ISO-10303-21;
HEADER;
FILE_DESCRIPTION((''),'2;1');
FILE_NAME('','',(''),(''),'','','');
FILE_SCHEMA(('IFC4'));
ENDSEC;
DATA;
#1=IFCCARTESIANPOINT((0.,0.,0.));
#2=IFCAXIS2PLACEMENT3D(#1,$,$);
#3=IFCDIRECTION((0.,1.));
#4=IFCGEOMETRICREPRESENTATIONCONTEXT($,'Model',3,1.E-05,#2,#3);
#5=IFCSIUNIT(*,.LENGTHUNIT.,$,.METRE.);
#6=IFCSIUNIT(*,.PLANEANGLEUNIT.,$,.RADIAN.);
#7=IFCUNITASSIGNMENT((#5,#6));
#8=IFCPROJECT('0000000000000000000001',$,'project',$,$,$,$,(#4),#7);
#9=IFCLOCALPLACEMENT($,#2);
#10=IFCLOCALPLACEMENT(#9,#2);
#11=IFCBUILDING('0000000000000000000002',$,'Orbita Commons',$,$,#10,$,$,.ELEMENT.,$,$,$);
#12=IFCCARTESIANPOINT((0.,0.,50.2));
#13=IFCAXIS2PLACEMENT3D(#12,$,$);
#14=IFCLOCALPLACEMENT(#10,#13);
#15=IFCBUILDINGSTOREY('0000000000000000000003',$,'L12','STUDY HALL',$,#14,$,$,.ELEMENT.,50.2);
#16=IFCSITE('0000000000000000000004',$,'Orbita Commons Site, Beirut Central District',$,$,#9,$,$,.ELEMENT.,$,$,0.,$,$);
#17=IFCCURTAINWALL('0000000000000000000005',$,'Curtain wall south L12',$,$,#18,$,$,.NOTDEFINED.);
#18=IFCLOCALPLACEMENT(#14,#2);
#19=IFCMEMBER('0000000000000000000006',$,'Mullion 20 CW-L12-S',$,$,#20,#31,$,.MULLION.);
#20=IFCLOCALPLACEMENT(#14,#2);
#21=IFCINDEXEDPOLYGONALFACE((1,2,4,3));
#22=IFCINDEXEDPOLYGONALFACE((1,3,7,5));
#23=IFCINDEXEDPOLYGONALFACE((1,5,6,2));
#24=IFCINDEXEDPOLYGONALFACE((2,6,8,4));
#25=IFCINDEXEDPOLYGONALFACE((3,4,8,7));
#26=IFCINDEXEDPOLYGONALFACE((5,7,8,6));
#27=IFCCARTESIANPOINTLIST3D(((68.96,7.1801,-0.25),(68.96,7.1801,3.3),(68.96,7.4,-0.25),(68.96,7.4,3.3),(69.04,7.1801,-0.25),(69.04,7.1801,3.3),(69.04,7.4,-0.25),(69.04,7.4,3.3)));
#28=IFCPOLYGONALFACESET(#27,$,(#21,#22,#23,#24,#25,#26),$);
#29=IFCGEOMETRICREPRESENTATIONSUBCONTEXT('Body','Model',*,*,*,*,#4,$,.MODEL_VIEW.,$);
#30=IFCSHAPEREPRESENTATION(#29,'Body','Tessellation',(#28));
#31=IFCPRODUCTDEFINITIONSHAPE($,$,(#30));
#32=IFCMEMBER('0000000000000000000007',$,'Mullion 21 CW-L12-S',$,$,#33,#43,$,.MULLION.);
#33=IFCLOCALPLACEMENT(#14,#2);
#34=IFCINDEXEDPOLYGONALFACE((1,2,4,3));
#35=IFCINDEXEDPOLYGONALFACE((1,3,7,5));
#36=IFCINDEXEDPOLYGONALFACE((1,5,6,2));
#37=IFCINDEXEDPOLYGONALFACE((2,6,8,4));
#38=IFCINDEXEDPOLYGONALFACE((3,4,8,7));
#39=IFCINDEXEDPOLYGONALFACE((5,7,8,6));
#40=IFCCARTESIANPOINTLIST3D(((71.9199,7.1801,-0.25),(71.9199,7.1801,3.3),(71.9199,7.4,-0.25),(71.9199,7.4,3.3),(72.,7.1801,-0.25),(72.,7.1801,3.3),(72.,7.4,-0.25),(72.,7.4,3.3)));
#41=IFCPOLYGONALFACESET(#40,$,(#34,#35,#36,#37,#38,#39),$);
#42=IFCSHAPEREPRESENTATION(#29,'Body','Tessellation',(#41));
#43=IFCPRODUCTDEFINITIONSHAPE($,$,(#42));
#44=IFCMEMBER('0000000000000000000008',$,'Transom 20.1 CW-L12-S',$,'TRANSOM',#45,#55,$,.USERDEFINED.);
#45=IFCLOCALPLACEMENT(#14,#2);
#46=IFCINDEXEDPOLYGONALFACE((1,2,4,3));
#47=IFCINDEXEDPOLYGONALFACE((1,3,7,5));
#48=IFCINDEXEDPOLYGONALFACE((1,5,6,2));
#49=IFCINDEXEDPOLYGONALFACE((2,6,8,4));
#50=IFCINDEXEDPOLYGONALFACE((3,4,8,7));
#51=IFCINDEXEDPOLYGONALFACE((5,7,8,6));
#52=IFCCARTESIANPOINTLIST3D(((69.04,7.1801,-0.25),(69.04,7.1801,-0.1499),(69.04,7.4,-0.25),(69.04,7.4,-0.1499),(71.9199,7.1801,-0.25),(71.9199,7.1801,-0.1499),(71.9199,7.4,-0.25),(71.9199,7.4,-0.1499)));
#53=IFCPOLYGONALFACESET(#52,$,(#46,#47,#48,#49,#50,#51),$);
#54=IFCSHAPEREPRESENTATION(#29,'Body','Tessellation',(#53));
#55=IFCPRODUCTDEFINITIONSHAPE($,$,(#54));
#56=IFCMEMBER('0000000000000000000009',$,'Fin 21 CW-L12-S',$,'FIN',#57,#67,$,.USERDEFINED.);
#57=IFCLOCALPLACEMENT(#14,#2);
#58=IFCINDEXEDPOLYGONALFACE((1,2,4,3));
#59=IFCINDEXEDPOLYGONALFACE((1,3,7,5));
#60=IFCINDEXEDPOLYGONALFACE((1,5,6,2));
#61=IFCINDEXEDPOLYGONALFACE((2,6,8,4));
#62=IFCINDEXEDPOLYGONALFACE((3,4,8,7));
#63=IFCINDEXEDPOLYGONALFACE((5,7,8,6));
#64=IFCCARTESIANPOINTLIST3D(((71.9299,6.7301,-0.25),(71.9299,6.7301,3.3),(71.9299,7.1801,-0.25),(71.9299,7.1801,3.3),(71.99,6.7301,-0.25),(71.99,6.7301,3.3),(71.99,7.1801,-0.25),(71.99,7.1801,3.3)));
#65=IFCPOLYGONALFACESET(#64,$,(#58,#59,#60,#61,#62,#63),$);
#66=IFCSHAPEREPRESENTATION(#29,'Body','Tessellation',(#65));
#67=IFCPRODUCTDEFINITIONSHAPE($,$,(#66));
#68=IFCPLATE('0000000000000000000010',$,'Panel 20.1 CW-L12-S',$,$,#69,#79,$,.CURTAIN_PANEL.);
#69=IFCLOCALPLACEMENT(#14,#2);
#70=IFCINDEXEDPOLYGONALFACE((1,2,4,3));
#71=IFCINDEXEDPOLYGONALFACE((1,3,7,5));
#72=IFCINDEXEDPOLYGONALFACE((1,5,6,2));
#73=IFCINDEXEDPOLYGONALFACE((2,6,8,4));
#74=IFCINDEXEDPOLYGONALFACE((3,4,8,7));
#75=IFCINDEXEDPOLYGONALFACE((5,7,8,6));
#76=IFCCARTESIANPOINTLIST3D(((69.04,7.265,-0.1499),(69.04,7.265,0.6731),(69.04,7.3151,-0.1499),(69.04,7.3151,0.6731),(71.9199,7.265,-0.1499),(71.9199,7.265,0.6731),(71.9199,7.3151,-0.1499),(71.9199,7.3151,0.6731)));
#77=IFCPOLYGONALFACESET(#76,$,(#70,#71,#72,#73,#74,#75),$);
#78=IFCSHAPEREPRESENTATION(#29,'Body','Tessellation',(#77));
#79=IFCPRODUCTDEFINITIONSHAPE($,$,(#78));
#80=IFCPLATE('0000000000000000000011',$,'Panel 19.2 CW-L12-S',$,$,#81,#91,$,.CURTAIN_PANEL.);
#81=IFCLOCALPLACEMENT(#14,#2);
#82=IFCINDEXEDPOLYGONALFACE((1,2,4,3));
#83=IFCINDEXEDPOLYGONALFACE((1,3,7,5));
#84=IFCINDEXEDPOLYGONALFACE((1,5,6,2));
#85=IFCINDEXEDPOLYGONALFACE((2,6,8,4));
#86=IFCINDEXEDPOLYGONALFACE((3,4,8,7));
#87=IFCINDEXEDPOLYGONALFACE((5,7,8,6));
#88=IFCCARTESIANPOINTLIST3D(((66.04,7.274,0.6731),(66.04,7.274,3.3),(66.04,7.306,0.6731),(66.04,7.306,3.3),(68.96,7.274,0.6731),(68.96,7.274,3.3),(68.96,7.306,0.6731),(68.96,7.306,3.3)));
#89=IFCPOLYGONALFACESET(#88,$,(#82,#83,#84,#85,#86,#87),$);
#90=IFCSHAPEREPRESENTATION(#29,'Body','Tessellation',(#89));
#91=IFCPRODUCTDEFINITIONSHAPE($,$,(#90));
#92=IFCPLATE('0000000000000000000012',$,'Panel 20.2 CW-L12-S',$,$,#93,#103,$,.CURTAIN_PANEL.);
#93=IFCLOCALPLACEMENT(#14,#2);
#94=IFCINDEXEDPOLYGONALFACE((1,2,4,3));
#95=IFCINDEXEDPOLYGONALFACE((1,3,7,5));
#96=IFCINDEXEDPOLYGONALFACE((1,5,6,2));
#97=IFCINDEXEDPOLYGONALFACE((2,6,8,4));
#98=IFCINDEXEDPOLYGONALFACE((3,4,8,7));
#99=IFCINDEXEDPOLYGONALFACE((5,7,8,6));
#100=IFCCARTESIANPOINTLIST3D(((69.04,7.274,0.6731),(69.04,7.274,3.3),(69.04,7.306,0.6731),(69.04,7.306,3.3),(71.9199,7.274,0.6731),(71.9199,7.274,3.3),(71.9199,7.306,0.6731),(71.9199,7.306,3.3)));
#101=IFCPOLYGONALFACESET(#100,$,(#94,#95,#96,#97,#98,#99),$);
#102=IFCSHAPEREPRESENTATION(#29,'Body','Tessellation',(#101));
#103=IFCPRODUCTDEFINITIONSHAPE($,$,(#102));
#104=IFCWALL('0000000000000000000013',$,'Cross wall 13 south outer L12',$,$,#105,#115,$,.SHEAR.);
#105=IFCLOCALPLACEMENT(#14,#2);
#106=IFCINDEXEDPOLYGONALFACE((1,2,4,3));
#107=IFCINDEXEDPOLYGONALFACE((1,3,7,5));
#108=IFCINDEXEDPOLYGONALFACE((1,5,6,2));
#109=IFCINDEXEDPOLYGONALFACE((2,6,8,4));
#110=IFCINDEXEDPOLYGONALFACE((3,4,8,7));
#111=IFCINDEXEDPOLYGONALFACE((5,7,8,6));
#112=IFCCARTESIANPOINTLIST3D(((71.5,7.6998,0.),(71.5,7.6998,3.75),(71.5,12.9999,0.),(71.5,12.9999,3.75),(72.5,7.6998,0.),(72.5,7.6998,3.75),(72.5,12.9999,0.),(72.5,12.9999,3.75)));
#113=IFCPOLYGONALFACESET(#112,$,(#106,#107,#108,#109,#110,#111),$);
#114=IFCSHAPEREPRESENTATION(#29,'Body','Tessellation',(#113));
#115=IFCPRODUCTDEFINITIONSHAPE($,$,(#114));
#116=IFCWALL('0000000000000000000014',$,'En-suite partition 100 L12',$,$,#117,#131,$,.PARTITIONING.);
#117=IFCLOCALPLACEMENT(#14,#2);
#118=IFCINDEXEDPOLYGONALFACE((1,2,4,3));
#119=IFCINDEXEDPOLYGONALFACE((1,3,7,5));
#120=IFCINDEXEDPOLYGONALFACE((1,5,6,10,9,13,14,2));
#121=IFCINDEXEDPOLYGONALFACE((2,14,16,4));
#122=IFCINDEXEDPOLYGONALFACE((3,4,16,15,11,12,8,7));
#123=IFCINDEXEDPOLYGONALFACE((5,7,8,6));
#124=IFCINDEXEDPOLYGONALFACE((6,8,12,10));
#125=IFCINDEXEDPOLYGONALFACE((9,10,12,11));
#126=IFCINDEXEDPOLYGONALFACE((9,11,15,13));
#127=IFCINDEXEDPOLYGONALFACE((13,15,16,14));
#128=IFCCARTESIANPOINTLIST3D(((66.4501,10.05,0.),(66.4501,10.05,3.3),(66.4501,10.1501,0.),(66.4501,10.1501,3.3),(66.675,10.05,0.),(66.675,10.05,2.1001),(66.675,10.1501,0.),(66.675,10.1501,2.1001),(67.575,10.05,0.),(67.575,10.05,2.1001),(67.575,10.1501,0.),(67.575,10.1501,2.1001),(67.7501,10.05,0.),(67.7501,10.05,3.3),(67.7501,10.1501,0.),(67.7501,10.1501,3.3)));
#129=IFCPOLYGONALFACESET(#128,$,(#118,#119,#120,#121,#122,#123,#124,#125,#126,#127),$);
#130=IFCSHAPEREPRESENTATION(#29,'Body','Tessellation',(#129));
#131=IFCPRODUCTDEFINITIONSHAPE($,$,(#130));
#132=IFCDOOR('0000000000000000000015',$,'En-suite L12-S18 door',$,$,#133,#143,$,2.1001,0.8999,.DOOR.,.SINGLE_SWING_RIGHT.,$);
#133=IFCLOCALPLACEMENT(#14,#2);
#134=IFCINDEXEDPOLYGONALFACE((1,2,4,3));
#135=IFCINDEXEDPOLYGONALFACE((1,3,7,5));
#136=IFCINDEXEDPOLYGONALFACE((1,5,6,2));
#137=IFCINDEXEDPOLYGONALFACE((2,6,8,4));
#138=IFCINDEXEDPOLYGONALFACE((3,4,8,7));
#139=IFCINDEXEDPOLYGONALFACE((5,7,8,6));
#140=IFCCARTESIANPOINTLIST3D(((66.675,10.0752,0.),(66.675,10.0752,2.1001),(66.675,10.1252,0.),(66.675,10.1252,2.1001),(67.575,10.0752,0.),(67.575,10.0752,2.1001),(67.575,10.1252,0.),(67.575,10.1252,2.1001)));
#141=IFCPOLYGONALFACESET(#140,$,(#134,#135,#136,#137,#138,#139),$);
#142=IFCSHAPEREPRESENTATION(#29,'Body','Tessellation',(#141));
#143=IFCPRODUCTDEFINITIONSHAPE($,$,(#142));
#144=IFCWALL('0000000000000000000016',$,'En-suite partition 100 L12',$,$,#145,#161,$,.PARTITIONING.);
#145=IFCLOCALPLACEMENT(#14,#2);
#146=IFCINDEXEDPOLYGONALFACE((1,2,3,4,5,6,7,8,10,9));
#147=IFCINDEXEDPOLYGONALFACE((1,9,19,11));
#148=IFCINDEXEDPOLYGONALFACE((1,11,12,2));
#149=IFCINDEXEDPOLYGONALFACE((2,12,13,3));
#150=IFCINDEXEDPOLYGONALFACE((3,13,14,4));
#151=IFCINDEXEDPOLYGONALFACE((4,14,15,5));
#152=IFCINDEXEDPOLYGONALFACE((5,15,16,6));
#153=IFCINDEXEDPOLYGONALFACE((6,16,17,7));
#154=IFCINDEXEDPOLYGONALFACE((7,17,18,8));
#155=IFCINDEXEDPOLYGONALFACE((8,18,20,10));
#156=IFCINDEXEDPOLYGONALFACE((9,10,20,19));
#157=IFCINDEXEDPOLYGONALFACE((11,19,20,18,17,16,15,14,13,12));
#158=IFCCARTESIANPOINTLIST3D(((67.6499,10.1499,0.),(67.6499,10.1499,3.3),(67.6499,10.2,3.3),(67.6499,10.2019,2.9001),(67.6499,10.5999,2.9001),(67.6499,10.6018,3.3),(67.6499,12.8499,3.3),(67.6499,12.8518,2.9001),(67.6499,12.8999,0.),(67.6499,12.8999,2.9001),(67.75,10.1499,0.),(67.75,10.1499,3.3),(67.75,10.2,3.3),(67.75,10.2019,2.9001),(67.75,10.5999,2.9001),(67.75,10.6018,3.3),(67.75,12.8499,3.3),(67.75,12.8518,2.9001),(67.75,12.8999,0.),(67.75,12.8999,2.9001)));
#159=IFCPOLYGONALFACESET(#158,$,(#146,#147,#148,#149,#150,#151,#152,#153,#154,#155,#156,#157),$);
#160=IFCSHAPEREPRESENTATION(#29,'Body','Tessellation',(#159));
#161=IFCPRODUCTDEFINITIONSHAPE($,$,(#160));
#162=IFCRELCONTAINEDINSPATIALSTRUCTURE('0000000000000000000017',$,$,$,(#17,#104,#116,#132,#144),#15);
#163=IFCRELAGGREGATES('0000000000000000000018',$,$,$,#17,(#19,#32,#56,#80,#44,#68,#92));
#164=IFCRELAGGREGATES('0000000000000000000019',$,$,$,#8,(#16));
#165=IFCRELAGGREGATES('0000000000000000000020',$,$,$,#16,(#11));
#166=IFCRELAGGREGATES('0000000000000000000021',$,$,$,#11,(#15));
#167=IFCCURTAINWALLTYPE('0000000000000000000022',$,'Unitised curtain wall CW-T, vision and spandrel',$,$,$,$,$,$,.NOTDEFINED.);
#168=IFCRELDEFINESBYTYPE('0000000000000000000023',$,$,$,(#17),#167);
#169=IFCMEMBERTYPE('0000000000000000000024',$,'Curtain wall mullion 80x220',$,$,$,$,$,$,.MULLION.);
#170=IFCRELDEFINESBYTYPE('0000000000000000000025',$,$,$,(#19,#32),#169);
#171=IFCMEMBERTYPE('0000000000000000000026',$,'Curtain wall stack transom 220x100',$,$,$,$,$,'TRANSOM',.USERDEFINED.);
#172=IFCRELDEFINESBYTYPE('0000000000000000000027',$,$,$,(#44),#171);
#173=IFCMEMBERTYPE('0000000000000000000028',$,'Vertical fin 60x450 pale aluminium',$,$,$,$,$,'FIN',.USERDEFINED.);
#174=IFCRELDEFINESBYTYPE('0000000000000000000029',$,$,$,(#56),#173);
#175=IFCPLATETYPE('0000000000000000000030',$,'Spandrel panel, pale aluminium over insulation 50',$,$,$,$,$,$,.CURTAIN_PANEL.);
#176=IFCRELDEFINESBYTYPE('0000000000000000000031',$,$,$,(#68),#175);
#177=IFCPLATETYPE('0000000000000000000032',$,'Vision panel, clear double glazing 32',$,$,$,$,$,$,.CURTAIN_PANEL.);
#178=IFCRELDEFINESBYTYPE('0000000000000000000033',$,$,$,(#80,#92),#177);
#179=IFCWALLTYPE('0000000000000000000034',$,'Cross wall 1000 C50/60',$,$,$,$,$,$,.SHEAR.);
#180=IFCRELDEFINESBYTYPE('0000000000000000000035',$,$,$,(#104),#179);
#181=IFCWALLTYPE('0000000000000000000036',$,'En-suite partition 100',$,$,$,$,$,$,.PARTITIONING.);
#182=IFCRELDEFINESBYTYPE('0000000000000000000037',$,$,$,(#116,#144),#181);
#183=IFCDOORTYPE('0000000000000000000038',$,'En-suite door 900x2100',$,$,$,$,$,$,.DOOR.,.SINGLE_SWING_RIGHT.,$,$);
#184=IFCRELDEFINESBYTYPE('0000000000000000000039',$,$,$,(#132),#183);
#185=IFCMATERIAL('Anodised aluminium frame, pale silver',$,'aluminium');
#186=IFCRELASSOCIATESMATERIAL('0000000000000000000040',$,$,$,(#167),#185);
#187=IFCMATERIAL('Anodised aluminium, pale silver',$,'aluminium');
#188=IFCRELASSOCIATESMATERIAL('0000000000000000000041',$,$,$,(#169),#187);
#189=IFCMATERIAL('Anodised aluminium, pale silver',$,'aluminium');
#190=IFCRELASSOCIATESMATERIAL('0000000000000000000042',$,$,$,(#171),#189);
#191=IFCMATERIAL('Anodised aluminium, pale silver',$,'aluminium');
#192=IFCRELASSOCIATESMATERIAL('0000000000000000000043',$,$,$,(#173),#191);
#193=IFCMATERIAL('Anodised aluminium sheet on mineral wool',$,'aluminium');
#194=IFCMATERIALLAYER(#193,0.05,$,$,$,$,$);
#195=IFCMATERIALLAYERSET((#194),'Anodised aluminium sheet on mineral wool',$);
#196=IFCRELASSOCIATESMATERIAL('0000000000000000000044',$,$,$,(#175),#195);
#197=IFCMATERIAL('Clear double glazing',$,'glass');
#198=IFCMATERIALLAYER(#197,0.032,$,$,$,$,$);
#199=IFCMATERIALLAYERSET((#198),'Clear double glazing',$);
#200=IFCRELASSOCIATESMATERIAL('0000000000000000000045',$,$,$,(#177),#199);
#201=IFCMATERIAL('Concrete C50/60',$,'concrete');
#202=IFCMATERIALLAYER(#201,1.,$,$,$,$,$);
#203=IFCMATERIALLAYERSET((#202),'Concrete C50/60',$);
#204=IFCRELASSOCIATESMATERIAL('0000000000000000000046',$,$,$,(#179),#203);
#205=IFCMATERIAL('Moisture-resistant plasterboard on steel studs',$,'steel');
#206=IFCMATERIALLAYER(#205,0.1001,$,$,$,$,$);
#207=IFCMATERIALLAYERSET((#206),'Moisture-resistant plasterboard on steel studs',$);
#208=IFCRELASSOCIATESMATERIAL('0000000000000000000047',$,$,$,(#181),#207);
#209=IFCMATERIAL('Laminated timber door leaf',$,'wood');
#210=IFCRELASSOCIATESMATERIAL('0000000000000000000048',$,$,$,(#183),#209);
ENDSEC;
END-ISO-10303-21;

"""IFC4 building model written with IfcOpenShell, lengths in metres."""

from ifc_helpers import new_model, si_unit, direction, frame, frame_2d, origin, origin_2d, place, context, subcontext, project, spatial, polyline, rectangle, outline, extrude, material, layer, layer_set, material_profile, profile_set, type_object, element, fill, aggregate, save


model = new_model("IFC4")

# Units and contexts
model_context = context("Model", 3, precision=1e-05, world=origin(), true_north=direction((0.0, 1.0)))
body_context = subcontext(model_context, "Body", "Model", "MODEL_VIEW")
ifc_project = project(units=[si_unit("LENGTHUNIT", "METRE"), si_unit("PLANEANGLEUNIT", "RADIAN")], contexts=[model_context])

# Site, building, storey
site_placement = place(None, origin())
site = spatial("IfcSite", under=ifc_project, at=site_placement, Name="Orbita Commons Site, Beirut Central District", CompositionType="ELEMENT", RefElevation=0.0)
building_placement = place(site_placement, origin())
building = spatial("IfcBuilding", under=site, at=building_placement, Name="Orbita Commons", CompositionType="ELEMENT")
storey_placement = place(building_placement, frame((0.0, 0.0, 50.2)))
storey = spatial("IfcBuildingStorey", under=building, at=storey_placement, Name="L12", Description="STUDY HALL", CompositionType="ELEMENT", Elevation=50.2)

# Curtain wall, members, plates
ifc_material_1 = material(Name="Anodised aluminium frame, pale silver", Category="aluminium")
curtain_wall_type = type_object("IfcCurtainWallType", Name="Unitised curtain wall CW-T, vision and spandrel", PredefinedType="NOTDEFINED", material=ifc_material_1)
curtain_wall_placement = place(storey_placement, origin())
curtain_wall = element("IfcCurtainWall", 1, at=curtain_wall_placement, inside=storey, type_object=curtain_wall_type, Name="Curtain wall south L12", PredefinedType="NOTDEFINED")
ifc_material_2 = material(Name="Anodised aluminium, pale silver", Category="aluminium")
ifc_material_profile_1 = material_profile(ifc_material_2, rectangle(XDim=0.0801, YDim=0.22, at=origin_2d()), Name="AL 80x220")
ifc_profile_set_1 = profile_set([ifc_material_profile_1], Name="Anodised aluminium, pale silver")
member_type_1 = type_object("IfcMemberType", Name="Curtain wall mullion 80x220", PredefinedType="MULLION", material=ifc_profile_set_1)
member_1_placement = place(storey_placement, frame((69.0, 7.29, -0.25), z_axis=(0.0, 0.0, 1.0), x_axis=(1.0, 0.0, 0.0)))
member_1 = element("IfcMember", 2, at=member_1_placement, type_object=member_type_1, Name="Mullion 20 CW-L12-S", PredefinedType="MULLION", context=body_context, shape_type="SweptSolid", body=[
    extrude(rectangle(XDim=0.0801, YDim=0.22, at=origin_2d()), origin(), (0.0, 0.0, 1.0), 3.55),
])
member_2_placement = place(storey_placement, frame((71.96, 7.29, -0.25), z_axis=(0.0, 0.0, 1.0), x_axis=(1.0, 0.0, 0.0)))
member_2 = element("IfcMember", 3, at=member_2_placement, type_object=member_type_1, Name="Mullion 21 CW-L12-S", PredefinedType="MULLION", context=body_context, shape_type="SweptSolid", body=[
    extrude(rectangle(XDim=0.0801, YDim=0.22, at=origin_2d()), origin(), (0.0, 0.0, 1.0), 3.55),
])
ifc_material_3 = material(Name="Anodised aluminium, pale silver", Category="aluminium")
ifc_material_profile_2 = material_profile(ifc_material_3, rectangle(XDim=0.22, YDim=0.1001, at=origin_2d()), Name="AL 220x100")
ifc_profile_set_2 = profile_set([ifc_material_profile_2], Name="Anodised aluminium, pale silver")
member_type_2 = type_object("IfcMemberType", Name="Curtain wall stack transom 220x100", ElementType="TRANSOM", PredefinedType="USERDEFINED", material=ifc_profile_set_2)
member_3_placement = place(storey_placement, frame((69.04, 7.29, -0.2), z_axis=(1.0, 0.0, 0.0), x_axis=(0.0, 1.0, 0.0)))
member_3 = element("IfcMember", 4, at=member_3_placement, type_object=member_type_2, Name="Transom 20.1 CW-L12-S", ObjectType="TRANSOM", PredefinedType="USERDEFINED", context=body_context, shape_type="SweptSolid", body=[
    extrude(rectangle(XDim=0.22, YDim=0.1001, at=origin_2d()), origin(), (0.0, 0.0, 1.0), 2.8799),
])
ifc_material_4 = material(Name="Anodised aluminium, pale silver", Category="aluminium")
ifc_material_profile_3 = material_profile(ifc_material_4, rectangle(XDim=0.0601, YDim=0.45, at=origin_2d()), Name="FIN 60x450")
ifc_profile_set_3 = profile_set([ifc_material_profile_3], Name="Anodised aluminium, pale silver")
member_type_3 = type_object("IfcMemberType", Name="Vertical fin 60x450 pale aluminium", ElementType="FIN", PredefinedType="USERDEFINED", material=ifc_profile_set_3)
member_4_placement = place(storey_placement, frame((71.96, 6.9551, -0.25), z_axis=(0.0, 0.0, 1.0), x_axis=(1.0, 0.0, 0.0)))
member_4 = element("IfcMember", 5, at=member_4_placement, type_object=member_type_3, Name="Fin 21 CW-L12-S", ObjectType="FIN", PredefinedType="USERDEFINED", context=body_context, shape_type="SweptSolid", body=[
    extrude(rectangle(XDim=0.0601, YDim=0.45, at=origin_2d()), origin(), (0.0, 0.0, 1.0), 3.55),
])
ifc_material_5 = material(Name="Anodised aluminium sheet on mineral wool", Category="aluminium")
ifc_layer_1 = layer(ifc_material_5, 0.05)
ifc_layer_set_1 = layer_set([ifc_layer_1], Name="Anodised aluminium sheet on mineral wool")
plate_type_1 = type_object("IfcPlateType", Name="Spandrel panel, pale aluminium over insulation 50", PredefinedType="CURTAIN_PANEL", material=ifc_layer_set_1)
plate_1_placement = place(storey_placement, frame((70.48, 7.29, -0.1499), z_axis=(0.0, 0.0, 1.0), x_axis=(1.0, 0.0, 0.0)))
plate_1 = element("IfcPlate", 6, at=plate_1_placement, type_object=plate_type_1, Name="Panel 20.1 CW-L12-S", PredefinedType="CURTAIN_PANEL", context=body_context, shape_type="SweptSolid", body=[
    extrude(rectangle(XDim=2.8799, YDim=0.05, at=origin_2d()), origin(), (0.0, 0.0, 1.0), 0.823),
])
ifc_material_6 = material(Name="Clear double glazing", Category="glass")
ifc_layer_2 = layer(ifc_material_6, 0.032)
ifc_layer_set_2 = layer_set([ifc_layer_2], Name="Clear double glazing")
plate_type_2 = type_object("IfcPlateType", Name="Vision panel, clear double glazing 32", PredefinedType="CURTAIN_PANEL", material=ifc_layer_set_2)
plate_2_placement = place(storey_placement, frame((67.5, 7.29, 0.6731), z_axis=(0.0, 0.0, 1.0), x_axis=(1.0, 0.0, 0.0)))
plate_2 = element("IfcPlate", 7, at=plate_2_placement, type_object=plate_type_2, Name="Panel 19.2 CW-L12-S", PredefinedType="CURTAIN_PANEL", context=body_context, shape_type="SweptSolid", body=[
    extrude(rectangle(XDim=2.9199, YDim=0.032, at=origin_2d()), origin(), (0.0, 0.0, 1.0), 2.627),
])
plate_3_placement = place(storey_placement, frame((70.48, 7.29, 0.6731), z_axis=(0.0, 0.0, 1.0), x_axis=(1.0, 0.0, 0.0)))
plate_3 = element("IfcPlate", 8, at=plate_3_placement, type_object=plate_type_2, Name="Panel 20.2 CW-L12-S", PredefinedType="CURTAIN_PANEL", context=body_context, shape_type="SweptSolid", body=[
    extrude(rectangle(XDim=2.8799, YDim=0.032, at=origin_2d()), origin(), (0.0, 0.0, 1.0), 2.627),
])
aggregate(curtain_wall, [member_1, member_2, member_4, plate_2, member_3, plate_1, plate_3])

# Wall
ifc_material_7 = material(Name="Concrete C50/60", Category="concrete")
ifc_layer_3 = layer(ifc_material_7, 1.0)
ifc_layer_set_3 = layer_set([ifc_layer_3], Name="Concrete C50/60")
wall_type_1 = type_object("IfcWallType", Name="Cross wall 1000 C50/60", PredefinedType="SHEAR", material=ifc_layer_set_3)
wall_1_placement = place(storey_placement, frame((72.0, 7.7, 0.0), z_axis=(0.0, 0.0, 1.0), x_axis=(0.0, 1.0, 0.0)))
element("IfcWall", 9, at=wall_1_placement, inside=storey, type_object=wall_type_1, Name="Cross wall 13 south outer L12", PredefinedType="SHEAR", context=body_context, shape_type="SweptSolid", body=[
    extrude(rectangle(XDim=5.3, YDim=1.0, at=frame_2d((2.6499, 0.0))), origin(), (0.0, 0.0, 1.0), 3.75),
])

# Wall, opening, door
ifc_material_8 = material(Name="Moisture-resistant plasterboard on steel studs", Category="steel")
ifc_layer_4 = layer(ifc_material_8, 0.1001)
ifc_layer_set_4 = layer_set([ifc_layer_4], Name="Moisture-resistant plasterboard on steel studs")
wall_type_2 = type_object("IfcWallType", Name="En-suite partition 100", PredefinedType="PARTITIONING", material=ifc_layer_set_4)
wall_2_placement = place(storey_placement, frame((67.75, 10.1001, 0.0), z_axis=(0.0, 0.0, 1.0), x_axis=(-1.0, 0.0, 0.0)))
wall_2 = element("IfcWall", 10, at=wall_2_placement, inside=storey, type_object=wall_type_2, Name="En-suite partition 100 L12", PredefinedType="PARTITIONING", context=body_context, shape_type="SweptSolid", body=[
    extrude(rectangle(XDim=1.3, YDim=0.1001, at=frame_2d((0.6499, 0.0))), origin(), (0.0, 0.0, 1.0), 3.3),
])
opening_1_placement = place(wall_2_placement, frame((0.175, 0.0, 0.0)))
opening_1 = element("IfcOpeningElement", 11, at=opening_1_placement, cuts=wall_2, PredefinedType="OPENING", context=body_context, shape_type="SweptSolid", body=[
    extrude(rectangle(XDim=0.8999, YDim=2.1001, at=frame_2d((0.45, 1.05))), frame((0.0, 0.0601, 0.0), z_axis=(0.0, -1.0, 0.0), x_axis=(1.0, 0.0, 0.0)), (0.0, 0.0, 1.0), 0.1201),
])
ifc_material_9 = material(Name="Laminated timber door leaf", Category="wood")
door_type = type_object("IfcDoorType", Name="En-suite door 900x2100", OperationType="SINGLE_SWING_RIGHT", PredefinedType="DOOR", material=ifc_material_9)
door_1_placement = place(opening_1_placement, origin())
door_1 = element("IfcDoor", 12, at=door_1_placement, inside=storey, type_object=door_type, Name="En-suite L12-S18 door", OperationType="SINGLE_SWING_RIGHT", OverallHeight=2.1001, OverallWidth=0.8999, PredefinedType="DOOR", context=body_context, shape_type="SweptSolid", body=[
    extrude(rectangle(XDim=0.8999, YDim=2.1001, at=frame_2d((0.45, 1.05))), frame((0.0, 0.0249, 0.0), z_axis=(0.0, -1.0, 0.0), x_axis=(1.0, 0.0, 0.0)), (0.0, 0.0, 1.0), 0.05),
])
fill(opening_1, door_1)

# Wall
wall_3_placement = place(storey_placement, frame((67.7, 10.1499, 0.0), z_axis=(0.0, 0.0, 1.0), x_axis=(0.0, 1.0, 0.0)))
element("IfcWall", 13, at=wall_3_placement, inside=storey, type_object=wall_type_2, Name="En-suite partition 100 L12", PredefinedType="PARTITIONING", context=body_context, shape_type="SweptSolid", body=[
    extrude(outline(polyline([(0.0, 0.0), (2.75, 0.0), (2.75, 2.9001), (2.7019, 2.9001), (2.7, 3.3), (0.4519, 3.3), (0.45, 2.9001), (0.052, 2.9001), (0.05, 3.3), (0.0, 3.3), (0.0, 0.0)])), frame((0.0, 0.05, 0.0), z_axis=(0.0, -1.0, 0.0), x_axis=(1.0, 0.0, 0.0)), (0.0, 0.0, 1.0), 0.1001),
])

save(model, "model.ifc")
